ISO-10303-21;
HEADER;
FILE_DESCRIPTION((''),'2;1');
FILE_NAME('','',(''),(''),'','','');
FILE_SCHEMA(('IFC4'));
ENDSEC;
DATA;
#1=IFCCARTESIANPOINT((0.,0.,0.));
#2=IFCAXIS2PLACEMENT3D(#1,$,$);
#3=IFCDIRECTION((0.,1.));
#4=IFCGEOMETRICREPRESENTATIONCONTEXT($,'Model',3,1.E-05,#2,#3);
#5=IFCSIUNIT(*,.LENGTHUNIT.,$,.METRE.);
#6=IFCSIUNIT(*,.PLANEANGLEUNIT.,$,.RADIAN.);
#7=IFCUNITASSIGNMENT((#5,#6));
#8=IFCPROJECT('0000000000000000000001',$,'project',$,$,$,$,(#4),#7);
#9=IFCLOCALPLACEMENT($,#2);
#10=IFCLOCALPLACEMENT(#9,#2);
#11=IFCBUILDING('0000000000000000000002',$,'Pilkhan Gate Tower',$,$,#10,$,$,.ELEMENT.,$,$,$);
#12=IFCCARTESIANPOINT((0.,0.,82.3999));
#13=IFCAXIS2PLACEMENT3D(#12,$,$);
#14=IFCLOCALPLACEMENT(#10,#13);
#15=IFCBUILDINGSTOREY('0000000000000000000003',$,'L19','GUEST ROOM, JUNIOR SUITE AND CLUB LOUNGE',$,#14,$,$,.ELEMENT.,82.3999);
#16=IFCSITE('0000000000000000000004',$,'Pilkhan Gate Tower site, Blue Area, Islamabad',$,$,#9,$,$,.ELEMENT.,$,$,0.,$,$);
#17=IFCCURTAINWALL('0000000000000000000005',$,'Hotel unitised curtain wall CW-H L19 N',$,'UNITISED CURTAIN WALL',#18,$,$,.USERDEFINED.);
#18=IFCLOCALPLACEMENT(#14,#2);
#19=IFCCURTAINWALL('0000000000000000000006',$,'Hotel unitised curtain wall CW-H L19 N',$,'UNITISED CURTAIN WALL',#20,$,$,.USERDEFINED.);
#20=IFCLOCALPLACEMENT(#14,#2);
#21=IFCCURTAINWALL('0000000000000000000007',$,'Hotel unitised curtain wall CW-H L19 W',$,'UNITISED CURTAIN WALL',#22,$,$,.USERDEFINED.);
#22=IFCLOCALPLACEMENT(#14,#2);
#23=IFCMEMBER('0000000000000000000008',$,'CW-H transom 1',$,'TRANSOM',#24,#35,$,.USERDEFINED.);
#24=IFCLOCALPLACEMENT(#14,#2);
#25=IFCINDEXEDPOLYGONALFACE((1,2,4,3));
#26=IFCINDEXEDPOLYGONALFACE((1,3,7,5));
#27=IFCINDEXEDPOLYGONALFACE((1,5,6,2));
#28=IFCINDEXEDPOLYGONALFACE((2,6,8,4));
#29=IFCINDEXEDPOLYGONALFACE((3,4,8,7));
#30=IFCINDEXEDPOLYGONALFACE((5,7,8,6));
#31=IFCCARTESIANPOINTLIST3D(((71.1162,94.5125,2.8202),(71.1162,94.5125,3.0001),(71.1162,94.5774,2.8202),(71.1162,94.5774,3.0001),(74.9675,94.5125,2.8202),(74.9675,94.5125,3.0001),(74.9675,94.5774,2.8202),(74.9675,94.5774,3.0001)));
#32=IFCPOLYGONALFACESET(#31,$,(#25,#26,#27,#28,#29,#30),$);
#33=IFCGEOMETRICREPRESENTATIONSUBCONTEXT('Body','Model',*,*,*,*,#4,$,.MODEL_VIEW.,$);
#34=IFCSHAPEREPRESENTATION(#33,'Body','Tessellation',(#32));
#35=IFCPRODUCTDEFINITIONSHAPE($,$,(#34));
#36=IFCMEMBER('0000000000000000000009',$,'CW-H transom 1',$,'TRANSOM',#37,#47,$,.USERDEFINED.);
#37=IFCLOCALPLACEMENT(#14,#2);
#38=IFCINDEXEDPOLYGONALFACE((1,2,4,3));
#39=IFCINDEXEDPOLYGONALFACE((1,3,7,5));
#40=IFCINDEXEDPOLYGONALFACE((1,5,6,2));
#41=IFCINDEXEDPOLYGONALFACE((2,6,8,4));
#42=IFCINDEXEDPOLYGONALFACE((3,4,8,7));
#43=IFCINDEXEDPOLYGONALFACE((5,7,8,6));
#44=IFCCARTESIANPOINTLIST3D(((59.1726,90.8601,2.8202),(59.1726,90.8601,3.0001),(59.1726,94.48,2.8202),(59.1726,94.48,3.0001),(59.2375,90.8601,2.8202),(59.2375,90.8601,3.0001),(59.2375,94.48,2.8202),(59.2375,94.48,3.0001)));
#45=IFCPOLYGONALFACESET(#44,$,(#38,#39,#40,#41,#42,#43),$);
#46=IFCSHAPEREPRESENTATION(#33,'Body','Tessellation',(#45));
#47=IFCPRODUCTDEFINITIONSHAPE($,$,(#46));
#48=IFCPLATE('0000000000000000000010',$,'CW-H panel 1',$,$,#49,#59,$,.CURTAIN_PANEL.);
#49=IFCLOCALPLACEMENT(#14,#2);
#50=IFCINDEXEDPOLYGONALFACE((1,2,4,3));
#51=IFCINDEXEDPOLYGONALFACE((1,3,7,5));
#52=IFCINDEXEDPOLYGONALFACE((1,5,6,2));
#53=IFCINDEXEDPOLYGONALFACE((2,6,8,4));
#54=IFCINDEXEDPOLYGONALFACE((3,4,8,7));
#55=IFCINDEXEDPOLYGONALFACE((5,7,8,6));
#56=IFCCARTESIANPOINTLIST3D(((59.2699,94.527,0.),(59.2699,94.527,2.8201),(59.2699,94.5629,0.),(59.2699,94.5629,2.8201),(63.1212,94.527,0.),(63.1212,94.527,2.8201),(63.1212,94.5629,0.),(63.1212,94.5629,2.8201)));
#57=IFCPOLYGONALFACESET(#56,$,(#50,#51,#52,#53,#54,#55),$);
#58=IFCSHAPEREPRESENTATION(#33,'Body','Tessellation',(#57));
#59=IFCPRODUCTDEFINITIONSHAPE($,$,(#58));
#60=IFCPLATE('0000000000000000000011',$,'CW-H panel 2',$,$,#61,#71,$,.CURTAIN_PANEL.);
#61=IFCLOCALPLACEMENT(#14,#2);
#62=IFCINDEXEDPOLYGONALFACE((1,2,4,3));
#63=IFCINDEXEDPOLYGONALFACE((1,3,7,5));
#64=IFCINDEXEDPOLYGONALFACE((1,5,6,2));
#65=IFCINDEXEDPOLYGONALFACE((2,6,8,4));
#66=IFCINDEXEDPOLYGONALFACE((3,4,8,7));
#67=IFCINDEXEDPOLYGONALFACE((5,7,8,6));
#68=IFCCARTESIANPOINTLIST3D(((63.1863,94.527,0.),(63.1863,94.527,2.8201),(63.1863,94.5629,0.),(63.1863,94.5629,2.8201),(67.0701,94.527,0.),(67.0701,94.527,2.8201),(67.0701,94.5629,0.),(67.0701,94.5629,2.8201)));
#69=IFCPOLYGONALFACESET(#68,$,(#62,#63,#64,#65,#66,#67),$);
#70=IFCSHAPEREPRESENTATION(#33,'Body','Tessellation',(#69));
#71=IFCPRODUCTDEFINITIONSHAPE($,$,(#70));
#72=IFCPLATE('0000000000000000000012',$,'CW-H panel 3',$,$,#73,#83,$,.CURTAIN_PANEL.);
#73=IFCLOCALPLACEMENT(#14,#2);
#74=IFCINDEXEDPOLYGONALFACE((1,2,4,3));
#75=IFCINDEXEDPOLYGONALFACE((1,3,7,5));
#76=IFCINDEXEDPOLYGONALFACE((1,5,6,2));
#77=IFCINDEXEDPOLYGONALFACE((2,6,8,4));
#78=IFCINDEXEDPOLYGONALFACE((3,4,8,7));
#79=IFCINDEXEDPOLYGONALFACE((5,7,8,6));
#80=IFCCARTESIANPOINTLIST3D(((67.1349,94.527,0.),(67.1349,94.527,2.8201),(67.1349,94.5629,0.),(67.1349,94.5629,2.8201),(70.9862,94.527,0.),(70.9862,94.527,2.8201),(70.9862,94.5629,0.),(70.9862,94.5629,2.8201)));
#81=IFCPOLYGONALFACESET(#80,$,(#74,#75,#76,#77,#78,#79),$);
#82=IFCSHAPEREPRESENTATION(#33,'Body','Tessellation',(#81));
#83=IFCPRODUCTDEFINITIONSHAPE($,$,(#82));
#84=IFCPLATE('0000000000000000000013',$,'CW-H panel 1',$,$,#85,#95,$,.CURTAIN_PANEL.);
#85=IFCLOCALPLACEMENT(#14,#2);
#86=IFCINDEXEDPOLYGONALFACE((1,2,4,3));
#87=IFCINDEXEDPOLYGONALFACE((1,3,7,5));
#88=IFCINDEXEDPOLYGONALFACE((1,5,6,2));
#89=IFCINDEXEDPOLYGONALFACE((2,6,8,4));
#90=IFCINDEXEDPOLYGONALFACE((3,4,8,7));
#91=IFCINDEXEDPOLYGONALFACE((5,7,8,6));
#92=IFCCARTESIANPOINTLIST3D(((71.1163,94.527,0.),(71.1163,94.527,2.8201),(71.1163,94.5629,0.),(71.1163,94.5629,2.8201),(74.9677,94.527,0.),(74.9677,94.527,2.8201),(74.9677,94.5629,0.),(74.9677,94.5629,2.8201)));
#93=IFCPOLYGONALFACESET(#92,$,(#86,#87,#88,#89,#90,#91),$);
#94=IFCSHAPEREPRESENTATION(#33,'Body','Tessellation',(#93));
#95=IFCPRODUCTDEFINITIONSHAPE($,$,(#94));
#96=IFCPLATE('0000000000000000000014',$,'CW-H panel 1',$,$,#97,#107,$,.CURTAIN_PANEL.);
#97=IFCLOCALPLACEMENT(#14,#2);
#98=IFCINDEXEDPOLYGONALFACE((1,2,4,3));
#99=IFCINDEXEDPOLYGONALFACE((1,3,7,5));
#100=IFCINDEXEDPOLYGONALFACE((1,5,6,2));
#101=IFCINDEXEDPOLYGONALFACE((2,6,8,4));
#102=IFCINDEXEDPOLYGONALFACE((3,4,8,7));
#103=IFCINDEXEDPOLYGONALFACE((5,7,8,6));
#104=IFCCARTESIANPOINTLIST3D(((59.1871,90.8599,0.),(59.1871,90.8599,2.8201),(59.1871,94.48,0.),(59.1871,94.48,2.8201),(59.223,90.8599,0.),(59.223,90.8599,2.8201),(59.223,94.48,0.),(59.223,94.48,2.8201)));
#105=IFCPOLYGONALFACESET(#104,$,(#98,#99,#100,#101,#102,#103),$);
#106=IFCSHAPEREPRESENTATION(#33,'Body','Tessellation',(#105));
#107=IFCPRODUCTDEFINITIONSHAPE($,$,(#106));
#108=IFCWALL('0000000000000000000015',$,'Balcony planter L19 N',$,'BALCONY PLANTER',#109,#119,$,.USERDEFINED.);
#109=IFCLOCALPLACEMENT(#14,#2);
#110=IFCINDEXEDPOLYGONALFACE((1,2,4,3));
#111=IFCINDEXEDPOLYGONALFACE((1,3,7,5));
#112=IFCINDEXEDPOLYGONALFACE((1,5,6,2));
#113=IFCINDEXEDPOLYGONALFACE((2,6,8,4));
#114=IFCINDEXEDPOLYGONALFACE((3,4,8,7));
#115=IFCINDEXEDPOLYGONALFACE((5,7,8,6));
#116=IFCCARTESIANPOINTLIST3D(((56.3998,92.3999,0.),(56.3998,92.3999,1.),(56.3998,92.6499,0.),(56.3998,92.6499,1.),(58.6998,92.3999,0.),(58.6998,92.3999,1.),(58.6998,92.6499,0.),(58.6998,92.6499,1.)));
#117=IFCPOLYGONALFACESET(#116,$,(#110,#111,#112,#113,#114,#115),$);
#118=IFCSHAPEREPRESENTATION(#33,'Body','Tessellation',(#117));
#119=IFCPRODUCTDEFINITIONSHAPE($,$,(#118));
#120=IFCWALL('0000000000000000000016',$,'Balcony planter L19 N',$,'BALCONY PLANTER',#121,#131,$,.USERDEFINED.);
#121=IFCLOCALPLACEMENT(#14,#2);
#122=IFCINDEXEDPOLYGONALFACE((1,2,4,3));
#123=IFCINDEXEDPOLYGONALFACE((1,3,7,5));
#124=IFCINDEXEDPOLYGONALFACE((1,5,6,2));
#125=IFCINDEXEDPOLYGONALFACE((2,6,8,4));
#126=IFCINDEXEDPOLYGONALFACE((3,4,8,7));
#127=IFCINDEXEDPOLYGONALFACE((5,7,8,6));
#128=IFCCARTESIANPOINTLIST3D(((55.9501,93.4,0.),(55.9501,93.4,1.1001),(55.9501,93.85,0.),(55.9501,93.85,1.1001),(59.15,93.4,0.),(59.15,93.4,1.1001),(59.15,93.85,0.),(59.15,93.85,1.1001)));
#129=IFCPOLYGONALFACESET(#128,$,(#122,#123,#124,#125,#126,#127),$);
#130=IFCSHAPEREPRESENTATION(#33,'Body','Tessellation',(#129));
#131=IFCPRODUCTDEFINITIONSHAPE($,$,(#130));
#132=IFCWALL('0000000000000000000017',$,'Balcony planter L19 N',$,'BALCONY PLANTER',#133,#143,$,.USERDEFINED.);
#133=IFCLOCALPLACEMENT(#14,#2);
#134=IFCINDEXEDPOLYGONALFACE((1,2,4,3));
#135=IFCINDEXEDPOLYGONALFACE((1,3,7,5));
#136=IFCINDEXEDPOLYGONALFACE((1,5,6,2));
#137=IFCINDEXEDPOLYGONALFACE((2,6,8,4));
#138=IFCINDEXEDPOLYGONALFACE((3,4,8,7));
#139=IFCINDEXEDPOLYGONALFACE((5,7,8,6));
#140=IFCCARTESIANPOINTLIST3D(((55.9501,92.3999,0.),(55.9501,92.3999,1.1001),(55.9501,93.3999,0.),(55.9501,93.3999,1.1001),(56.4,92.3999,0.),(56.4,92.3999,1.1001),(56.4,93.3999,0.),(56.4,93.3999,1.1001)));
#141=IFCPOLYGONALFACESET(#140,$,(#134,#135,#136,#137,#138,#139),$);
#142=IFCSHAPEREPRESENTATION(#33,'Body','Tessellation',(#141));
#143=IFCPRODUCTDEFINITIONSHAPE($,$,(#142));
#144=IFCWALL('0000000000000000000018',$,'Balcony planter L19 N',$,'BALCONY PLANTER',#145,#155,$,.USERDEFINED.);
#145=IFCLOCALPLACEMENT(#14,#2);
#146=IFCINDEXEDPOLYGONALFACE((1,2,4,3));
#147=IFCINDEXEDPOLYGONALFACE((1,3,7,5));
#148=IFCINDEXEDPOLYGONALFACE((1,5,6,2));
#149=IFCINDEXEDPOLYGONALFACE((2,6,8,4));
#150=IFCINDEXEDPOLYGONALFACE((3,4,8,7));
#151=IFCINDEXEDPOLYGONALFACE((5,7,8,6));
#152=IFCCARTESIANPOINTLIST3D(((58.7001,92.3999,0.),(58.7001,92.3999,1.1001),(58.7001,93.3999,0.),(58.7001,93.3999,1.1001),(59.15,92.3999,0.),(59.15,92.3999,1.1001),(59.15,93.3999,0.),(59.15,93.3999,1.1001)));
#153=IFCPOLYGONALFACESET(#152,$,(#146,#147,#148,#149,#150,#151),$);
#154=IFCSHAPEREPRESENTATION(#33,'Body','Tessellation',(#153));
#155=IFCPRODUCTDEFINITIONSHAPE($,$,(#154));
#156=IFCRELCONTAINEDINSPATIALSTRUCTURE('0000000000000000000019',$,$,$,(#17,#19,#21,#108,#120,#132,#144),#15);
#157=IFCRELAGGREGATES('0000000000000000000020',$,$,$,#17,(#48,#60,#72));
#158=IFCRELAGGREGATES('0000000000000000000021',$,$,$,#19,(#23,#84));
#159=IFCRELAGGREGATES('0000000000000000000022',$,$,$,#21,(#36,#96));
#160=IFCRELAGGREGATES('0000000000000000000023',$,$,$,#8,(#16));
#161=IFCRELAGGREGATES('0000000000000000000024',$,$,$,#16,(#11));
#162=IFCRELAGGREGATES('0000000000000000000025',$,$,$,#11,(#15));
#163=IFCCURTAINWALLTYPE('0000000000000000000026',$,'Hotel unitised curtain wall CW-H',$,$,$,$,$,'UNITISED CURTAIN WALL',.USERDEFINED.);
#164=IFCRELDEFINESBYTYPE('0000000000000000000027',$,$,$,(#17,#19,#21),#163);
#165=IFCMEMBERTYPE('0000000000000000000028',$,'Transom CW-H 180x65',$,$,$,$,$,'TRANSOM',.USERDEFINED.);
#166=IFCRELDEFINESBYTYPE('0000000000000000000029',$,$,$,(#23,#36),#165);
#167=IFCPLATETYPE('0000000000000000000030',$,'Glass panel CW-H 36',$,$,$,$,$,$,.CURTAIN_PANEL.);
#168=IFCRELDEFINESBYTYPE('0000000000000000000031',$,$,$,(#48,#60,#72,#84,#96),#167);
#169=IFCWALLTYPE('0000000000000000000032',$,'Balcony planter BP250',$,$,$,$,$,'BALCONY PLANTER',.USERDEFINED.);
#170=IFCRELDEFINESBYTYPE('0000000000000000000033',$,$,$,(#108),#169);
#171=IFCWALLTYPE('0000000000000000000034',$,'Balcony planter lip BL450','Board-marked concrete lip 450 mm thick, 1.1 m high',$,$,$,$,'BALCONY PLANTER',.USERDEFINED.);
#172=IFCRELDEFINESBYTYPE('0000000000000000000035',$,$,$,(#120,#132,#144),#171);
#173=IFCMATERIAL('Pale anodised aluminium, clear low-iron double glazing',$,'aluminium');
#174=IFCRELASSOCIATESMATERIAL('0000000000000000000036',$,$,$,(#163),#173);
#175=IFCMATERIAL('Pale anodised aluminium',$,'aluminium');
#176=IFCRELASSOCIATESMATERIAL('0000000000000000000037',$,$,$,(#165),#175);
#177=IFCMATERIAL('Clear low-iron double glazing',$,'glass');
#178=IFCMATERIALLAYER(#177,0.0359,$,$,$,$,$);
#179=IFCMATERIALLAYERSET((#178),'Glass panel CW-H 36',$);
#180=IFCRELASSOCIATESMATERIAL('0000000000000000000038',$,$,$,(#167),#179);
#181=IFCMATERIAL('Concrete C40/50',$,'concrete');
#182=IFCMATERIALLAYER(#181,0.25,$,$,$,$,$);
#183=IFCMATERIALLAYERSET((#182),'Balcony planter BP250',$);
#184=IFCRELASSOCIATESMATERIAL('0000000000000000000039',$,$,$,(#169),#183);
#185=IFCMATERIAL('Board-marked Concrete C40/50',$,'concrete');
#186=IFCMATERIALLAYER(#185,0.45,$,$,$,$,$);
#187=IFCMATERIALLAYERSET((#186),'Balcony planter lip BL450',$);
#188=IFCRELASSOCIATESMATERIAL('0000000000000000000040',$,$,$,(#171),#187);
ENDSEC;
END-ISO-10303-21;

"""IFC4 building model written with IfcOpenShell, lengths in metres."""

from ifc_helpers import new_model, si_unit, direction, frame, frame_2d, origin, origin_2d, place, context, subcontext, project, spatial, rectangle, extrude, material, layer, layer_set, material_profile, profile_set, type_object, element, aggregate, save


model = new_model("IFC4")

# Units and contexts
model_context = context("Model", 3, precision=1e-05, world=origin(), true_north=direction((0.0, 1.0)))
body_context = subcontext(model_context, "Body", "Model", "MODEL_VIEW")
ifc_project = project(units=[si_unit("LENGTHUNIT", "METRE"), si_unit("PLANEANGLEUNIT", "RADIAN")], contexts=[model_context])

# Site, building, storey
site_placement = place(None, origin())
site = spatial("IfcSite", under=ifc_project, at=site_placement, Name="Pilkhan Gate Tower site, Blue Area, Islamabad", CompositionType="ELEMENT", RefElevation=0.0)
building_placement = place(site_placement, origin())
building = spatial("IfcBuilding", under=site, at=building_placement, Name="Pilkhan Gate Tower", CompositionType="ELEMENT")
storey_placement = place(building_placement, frame((0.0, 0.0, 82.3999)))
storey = spatial("IfcBuildingStorey", under=building, at=storey_placement, Name="L19", Description="GUEST ROOM, JUNIOR SUITE AND CLUB LOUNGE", CompositionType="ELEMENT", Elevation=82.3999)

# Curtain wall
ifc_material_1 = material(Name="Pale anodised aluminium, clear low-iron double glazing", Category="aluminium")
curtain_wall_type = type_object("IfcCurtainWallType", Name="Hotel unitised curtain wall CW-H", ElementType="UNITISED CURTAIN WALL", PredefinedType="USERDEFINED", material=ifc_material_1)
curtain_wall_1_placement = place(storey_placement, origin())
curtain_wall_1 = element("IfcCurtainWall", 1, at=curtain_wall_1_placement, inside=storey, type_object=curtain_wall_type, Name="Hotel unitised curtain wall CW-H L19 N", ObjectType="UNITISED CURTAIN WALL", PredefinedType="USERDEFINED")
ifc_material_2 = material(Name="Pale anodised aluminium", Category="aluminium")

# Curtain wall
curtain_wall_2_placement = place(storey_placement, origin())
curtain_wall_2 = element("IfcCurtainWall", 2, at=curtain_wall_2_placement, inside=storey, type_object=curtain_wall_type, Name="Hotel unitised curtain wall CW-H L19 N", ObjectType="UNITISED CURTAIN WALL", PredefinedType="USERDEFINED")

# Curtain wall
curtain_wall_3_placement = place(storey_placement, origin())
curtain_wall_3 = element("IfcCurtainWall", 3, at=curtain_wall_3_placement, inside=storey, type_object=curtain_wall_type, Name="Hotel unitised curtain wall CW-H L19 W", ObjectType="UNITISED CURTAIN WALL", PredefinedType="USERDEFINED")

# Members
ifc_material_profile_1 = material_profile(ifc_material_2, rectangle(XDim=0.0649, YDim=0.1799, at=origin_2d()), Name="Transom 180x65")
ifc_profile_set_1 = profile_set([ifc_material_profile_1], Name="Pale anodised aluminium")
member_type_1 = type_object("IfcMemberType", Name="Transom CW-H 180x65", ElementType="TRANSOM", PredefinedType="USERDEFINED", material=ifc_profile_set_1)
member_1_placement = place(storey_placement, frame((71.1162, 94.5449, 2.9102), z_axis=(1.0, 0.0, 0.0), x_axis=(0.0, 1.0, 0.0)))
member_1 = element("IfcMember", 4, at=member_1_placement, type_object=member_type_1, Name="CW-H transom 1", ObjectType="TRANSOM", PredefinedType="USERDEFINED", context=body_context, shape_type="SweptSolid", body=[
    extrude(rectangle(XDim=0.0649, YDim=0.1799, at=origin_2d()), origin(), (0.0, 0.0, 1.0), 3.8513),
])
member_2_placement = place(storey_placement, frame((59.2051, 90.8601, 2.9102), z_axis=(0.0, 1.0, 0.0), x_axis=(-1.0, 0.0, 0.0)))
member_2 = element("IfcMember", 5, at=member_2_placement, type_object=member_type_1, Name="CW-H transom 1", ObjectType="TRANSOM", PredefinedType="USERDEFINED", context=body_context, shape_type="SweptSolid", body=[
    extrude(rectangle(XDim=0.0649, YDim=0.1799, at=origin_2d()), origin(), (0.0, 0.0, 1.0), 3.6199),
])

# Plates
ifc_material_3 = material(Name="Clear low-iron double glazing", Category="glass")
ifc_layer_1 = layer(ifc_material_3, 0.0359)
ifc_layer_set_1 = layer_set([ifc_layer_1], Name="Glass panel CW-H 36")
plate_type = type_object("IfcPlateType", Name="Glass panel CW-H 36", PredefinedType="CURTAIN_PANEL", material=ifc_layer_set_1)
plate_1_placement = place(storey_placement, frame((61.1956, 94.5449, 0.0), z_axis=(0.0, 0.0, 1.0), x_axis=(1.0, 0.0, 0.0)))
plate_1 = element("IfcPlate", 6, at=plate_1_placement, type_object=plate_type, Name="CW-H panel 1", PredefinedType="CURTAIN_PANEL", context=body_context, shape_type="SweptSolid", body=[
    extrude(rectangle(XDim=3.8513, YDim=0.0359, at=origin_2d()), origin(), (0.0, 0.0, 1.0), 2.8201),
])
plate_2_placement = place(storey_placement, frame((65.1282, 94.5449, 0.0), z_axis=(0.0, 0.0, 1.0), x_axis=(1.0, 0.0, 0.0)))
plate_2 = element("IfcPlate", 7, at=plate_2_placement, type_object=plate_type, Name="CW-H panel 2", PredefinedType="CURTAIN_PANEL", context=body_context, shape_type="SweptSolid", body=[
    extrude(rectangle(XDim=3.8838, YDim=0.0359, at=origin_2d()), origin(), (0.0, 0.0, 1.0), 2.8201),
])
plate_3_placement = place(storey_placement, frame((69.0605, 94.5449, 0.0), z_axis=(0.0, 0.0, 1.0), x_axis=(1.0, 0.0, 0.0)))
plate_3 = element("IfcPlate", 8, at=plate_3_placement, type_object=plate_type, Name="CW-H panel 3", PredefinedType="CURTAIN_PANEL", context=body_context, shape_type="SweptSolid", body=[
    extrude(rectangle(XDim=3.8513, YDim=0.0359, at=origin_2d()), origin(), (0.0, 0.0, 1.0), 2.8201),
])
aggregate(curtain_wall_1, [plate_1, plate_2, plate_3])
plate_4_placement = place(storey_placement, frame((73.042, 94.5449, 0.0), z_axis=(0.0, 0.0, 1.0), x_axis=(1.0, 0.0, 0.0)))
plate_4 = element("IfcPlate", 9, at=plate_4_placement, type_object=plate_type, Name="CW-H panel 1", PredefinedType="CURTAIN_PANEL", context=body_context, shape_type="SweptSolid", body=[
    extrude(rectangle(XDim=3.8513, YDim=0.0359, at=origin_2d()), origin(), (0.0, 0.0, 1.0), 2.8201),
])
aggregate(curtain_wall_2, [member_1, plate_4])
plate_5_placement = place(storey_placement, frame((59.2051, 92.6699, 0.0), z_axis=(0.0, 0.0, 1.0), x_axis=(0.0, 1.0, 0.0)))
plate_5 = element("IfcPlate", 10, at=plate_5_placement, type_object=plate_type, Name="CW-H panel 1", PredefinedType="CURTAIN_PANEL", context=body_context, shape_type="SweptSolid", body=[
    extrude(rectangle(XDim=3.6201, YDim=0.0359, at=origin_2d()), origin(), (0.0, 0.0, 1.0), 2.8201),
])
aggregate(curtain_wall_3, [member_2, plate_5])

# Walls
ifc_material_4 = material(Name="Concrete C40/50", Category="concrete")
ifc_layer_2 = layer(ifc_material_4, 0.25)
ifc_layer_set_2 = layer_set([ifc_layer_2], Name="Balcony planter BP250")
wall_type_1 = type_object("IfcWallType", Name="Balcony planter BP250", ElementType="BALCONY PLANTER", PredefinedType="USERDEFINED", material=ifc_layer_set_2)
wall_1_placement = place(storey_placement, frame((56.3999, 92.5249, 0.0), z_axis=(0.0, 0.0, 1.0), x_axis=(1.0, 0.0, 0.0)))
element("IfcWall", 11, at=wall_1_placement, inside=storey, type_object=wall_type_1, Name="Balcony planter L19 N", ObjectType="BALCONY PLANTER", PredefinedType="USERDEFINED", context=body_context, shape_type="SweptSolid", body=[
    extrude(rectangle(XDim=2.3, YDim=0.25, at=frame_2d((1.1499, 0.0))), origin(), (0.0, 0.0, 1.0), 1.0),
])
ifc_material_5 = material(Name="Board-marked Concrete C40/50", Category="concrete")
ifc_layer_3 = layer(ifc_material_5, 0.45)
ifc_layer_set_3 = layer_set([ifc_layer_3], Name="Balcony planter lip BL450")
wall_type_2 = type_object("IfcWallType", Name="Balcony planter lip BL450", Description="Board-marked concrete lip 450 mm thick, 1.1 m high", ElementType="BALCONY PLANTER", PredefinedType="USERDEFINED", material=ifc_layer_set_3)
wall_2_placement = place(storey_placement, frame((55.95, 93.625, 0.0), z_axis=(0.0, 0.0, 1.0), x_axis=(1.0, 0.0, 0.0)))
element("IfcWall", 12, at=wall_2_placement, inside=storey, type_object=wall_type_2, Name="Balcony planter L19 N", ObjectType="BALCONY PLANTER", PredefinedType="USERDEFINED", context=body_context, shape_type="SweptSolid", body=[
    extrude(rectangle(XDim=3.2, YDim=0.45, at=frame_2d((1.6001, 0.0))), origin(), (0.0, 0.0, 1.0), 1.1001),
])
for number, where, z_axis, x_axis, name in (
    (13, (56.175, 92.3999, 0.0), (0.0, 0.0, 1.0), (0.0, 1.0, 0.0), "Balcony planter L19 N"),
    (14, (58.925, 92.3999, 0.0), (0.0, 0.0, 1.0), (0.0, 1.0, 0.0), "Balcony planter L19 N"),
):
    element("IfcWall", number, at=place(storey_placement, frame(where, z_axis=z_axis, x_axis=x_axis)), inside=storey, type_object=wall_type_2, Name=name, ObjectType="BALCONY PLANTER", PredefinedType="USERDEFINED", context=body_context, shape_type="SweptSolid", body=[
        extrude(rectangle(XDim=1.0, YDim=0.45, at=frame_2d((0.5, 0.0))), origin(), (0.0, 0.0, 1.0), 1.1001),
    ])

save(model, "model.ifc")
